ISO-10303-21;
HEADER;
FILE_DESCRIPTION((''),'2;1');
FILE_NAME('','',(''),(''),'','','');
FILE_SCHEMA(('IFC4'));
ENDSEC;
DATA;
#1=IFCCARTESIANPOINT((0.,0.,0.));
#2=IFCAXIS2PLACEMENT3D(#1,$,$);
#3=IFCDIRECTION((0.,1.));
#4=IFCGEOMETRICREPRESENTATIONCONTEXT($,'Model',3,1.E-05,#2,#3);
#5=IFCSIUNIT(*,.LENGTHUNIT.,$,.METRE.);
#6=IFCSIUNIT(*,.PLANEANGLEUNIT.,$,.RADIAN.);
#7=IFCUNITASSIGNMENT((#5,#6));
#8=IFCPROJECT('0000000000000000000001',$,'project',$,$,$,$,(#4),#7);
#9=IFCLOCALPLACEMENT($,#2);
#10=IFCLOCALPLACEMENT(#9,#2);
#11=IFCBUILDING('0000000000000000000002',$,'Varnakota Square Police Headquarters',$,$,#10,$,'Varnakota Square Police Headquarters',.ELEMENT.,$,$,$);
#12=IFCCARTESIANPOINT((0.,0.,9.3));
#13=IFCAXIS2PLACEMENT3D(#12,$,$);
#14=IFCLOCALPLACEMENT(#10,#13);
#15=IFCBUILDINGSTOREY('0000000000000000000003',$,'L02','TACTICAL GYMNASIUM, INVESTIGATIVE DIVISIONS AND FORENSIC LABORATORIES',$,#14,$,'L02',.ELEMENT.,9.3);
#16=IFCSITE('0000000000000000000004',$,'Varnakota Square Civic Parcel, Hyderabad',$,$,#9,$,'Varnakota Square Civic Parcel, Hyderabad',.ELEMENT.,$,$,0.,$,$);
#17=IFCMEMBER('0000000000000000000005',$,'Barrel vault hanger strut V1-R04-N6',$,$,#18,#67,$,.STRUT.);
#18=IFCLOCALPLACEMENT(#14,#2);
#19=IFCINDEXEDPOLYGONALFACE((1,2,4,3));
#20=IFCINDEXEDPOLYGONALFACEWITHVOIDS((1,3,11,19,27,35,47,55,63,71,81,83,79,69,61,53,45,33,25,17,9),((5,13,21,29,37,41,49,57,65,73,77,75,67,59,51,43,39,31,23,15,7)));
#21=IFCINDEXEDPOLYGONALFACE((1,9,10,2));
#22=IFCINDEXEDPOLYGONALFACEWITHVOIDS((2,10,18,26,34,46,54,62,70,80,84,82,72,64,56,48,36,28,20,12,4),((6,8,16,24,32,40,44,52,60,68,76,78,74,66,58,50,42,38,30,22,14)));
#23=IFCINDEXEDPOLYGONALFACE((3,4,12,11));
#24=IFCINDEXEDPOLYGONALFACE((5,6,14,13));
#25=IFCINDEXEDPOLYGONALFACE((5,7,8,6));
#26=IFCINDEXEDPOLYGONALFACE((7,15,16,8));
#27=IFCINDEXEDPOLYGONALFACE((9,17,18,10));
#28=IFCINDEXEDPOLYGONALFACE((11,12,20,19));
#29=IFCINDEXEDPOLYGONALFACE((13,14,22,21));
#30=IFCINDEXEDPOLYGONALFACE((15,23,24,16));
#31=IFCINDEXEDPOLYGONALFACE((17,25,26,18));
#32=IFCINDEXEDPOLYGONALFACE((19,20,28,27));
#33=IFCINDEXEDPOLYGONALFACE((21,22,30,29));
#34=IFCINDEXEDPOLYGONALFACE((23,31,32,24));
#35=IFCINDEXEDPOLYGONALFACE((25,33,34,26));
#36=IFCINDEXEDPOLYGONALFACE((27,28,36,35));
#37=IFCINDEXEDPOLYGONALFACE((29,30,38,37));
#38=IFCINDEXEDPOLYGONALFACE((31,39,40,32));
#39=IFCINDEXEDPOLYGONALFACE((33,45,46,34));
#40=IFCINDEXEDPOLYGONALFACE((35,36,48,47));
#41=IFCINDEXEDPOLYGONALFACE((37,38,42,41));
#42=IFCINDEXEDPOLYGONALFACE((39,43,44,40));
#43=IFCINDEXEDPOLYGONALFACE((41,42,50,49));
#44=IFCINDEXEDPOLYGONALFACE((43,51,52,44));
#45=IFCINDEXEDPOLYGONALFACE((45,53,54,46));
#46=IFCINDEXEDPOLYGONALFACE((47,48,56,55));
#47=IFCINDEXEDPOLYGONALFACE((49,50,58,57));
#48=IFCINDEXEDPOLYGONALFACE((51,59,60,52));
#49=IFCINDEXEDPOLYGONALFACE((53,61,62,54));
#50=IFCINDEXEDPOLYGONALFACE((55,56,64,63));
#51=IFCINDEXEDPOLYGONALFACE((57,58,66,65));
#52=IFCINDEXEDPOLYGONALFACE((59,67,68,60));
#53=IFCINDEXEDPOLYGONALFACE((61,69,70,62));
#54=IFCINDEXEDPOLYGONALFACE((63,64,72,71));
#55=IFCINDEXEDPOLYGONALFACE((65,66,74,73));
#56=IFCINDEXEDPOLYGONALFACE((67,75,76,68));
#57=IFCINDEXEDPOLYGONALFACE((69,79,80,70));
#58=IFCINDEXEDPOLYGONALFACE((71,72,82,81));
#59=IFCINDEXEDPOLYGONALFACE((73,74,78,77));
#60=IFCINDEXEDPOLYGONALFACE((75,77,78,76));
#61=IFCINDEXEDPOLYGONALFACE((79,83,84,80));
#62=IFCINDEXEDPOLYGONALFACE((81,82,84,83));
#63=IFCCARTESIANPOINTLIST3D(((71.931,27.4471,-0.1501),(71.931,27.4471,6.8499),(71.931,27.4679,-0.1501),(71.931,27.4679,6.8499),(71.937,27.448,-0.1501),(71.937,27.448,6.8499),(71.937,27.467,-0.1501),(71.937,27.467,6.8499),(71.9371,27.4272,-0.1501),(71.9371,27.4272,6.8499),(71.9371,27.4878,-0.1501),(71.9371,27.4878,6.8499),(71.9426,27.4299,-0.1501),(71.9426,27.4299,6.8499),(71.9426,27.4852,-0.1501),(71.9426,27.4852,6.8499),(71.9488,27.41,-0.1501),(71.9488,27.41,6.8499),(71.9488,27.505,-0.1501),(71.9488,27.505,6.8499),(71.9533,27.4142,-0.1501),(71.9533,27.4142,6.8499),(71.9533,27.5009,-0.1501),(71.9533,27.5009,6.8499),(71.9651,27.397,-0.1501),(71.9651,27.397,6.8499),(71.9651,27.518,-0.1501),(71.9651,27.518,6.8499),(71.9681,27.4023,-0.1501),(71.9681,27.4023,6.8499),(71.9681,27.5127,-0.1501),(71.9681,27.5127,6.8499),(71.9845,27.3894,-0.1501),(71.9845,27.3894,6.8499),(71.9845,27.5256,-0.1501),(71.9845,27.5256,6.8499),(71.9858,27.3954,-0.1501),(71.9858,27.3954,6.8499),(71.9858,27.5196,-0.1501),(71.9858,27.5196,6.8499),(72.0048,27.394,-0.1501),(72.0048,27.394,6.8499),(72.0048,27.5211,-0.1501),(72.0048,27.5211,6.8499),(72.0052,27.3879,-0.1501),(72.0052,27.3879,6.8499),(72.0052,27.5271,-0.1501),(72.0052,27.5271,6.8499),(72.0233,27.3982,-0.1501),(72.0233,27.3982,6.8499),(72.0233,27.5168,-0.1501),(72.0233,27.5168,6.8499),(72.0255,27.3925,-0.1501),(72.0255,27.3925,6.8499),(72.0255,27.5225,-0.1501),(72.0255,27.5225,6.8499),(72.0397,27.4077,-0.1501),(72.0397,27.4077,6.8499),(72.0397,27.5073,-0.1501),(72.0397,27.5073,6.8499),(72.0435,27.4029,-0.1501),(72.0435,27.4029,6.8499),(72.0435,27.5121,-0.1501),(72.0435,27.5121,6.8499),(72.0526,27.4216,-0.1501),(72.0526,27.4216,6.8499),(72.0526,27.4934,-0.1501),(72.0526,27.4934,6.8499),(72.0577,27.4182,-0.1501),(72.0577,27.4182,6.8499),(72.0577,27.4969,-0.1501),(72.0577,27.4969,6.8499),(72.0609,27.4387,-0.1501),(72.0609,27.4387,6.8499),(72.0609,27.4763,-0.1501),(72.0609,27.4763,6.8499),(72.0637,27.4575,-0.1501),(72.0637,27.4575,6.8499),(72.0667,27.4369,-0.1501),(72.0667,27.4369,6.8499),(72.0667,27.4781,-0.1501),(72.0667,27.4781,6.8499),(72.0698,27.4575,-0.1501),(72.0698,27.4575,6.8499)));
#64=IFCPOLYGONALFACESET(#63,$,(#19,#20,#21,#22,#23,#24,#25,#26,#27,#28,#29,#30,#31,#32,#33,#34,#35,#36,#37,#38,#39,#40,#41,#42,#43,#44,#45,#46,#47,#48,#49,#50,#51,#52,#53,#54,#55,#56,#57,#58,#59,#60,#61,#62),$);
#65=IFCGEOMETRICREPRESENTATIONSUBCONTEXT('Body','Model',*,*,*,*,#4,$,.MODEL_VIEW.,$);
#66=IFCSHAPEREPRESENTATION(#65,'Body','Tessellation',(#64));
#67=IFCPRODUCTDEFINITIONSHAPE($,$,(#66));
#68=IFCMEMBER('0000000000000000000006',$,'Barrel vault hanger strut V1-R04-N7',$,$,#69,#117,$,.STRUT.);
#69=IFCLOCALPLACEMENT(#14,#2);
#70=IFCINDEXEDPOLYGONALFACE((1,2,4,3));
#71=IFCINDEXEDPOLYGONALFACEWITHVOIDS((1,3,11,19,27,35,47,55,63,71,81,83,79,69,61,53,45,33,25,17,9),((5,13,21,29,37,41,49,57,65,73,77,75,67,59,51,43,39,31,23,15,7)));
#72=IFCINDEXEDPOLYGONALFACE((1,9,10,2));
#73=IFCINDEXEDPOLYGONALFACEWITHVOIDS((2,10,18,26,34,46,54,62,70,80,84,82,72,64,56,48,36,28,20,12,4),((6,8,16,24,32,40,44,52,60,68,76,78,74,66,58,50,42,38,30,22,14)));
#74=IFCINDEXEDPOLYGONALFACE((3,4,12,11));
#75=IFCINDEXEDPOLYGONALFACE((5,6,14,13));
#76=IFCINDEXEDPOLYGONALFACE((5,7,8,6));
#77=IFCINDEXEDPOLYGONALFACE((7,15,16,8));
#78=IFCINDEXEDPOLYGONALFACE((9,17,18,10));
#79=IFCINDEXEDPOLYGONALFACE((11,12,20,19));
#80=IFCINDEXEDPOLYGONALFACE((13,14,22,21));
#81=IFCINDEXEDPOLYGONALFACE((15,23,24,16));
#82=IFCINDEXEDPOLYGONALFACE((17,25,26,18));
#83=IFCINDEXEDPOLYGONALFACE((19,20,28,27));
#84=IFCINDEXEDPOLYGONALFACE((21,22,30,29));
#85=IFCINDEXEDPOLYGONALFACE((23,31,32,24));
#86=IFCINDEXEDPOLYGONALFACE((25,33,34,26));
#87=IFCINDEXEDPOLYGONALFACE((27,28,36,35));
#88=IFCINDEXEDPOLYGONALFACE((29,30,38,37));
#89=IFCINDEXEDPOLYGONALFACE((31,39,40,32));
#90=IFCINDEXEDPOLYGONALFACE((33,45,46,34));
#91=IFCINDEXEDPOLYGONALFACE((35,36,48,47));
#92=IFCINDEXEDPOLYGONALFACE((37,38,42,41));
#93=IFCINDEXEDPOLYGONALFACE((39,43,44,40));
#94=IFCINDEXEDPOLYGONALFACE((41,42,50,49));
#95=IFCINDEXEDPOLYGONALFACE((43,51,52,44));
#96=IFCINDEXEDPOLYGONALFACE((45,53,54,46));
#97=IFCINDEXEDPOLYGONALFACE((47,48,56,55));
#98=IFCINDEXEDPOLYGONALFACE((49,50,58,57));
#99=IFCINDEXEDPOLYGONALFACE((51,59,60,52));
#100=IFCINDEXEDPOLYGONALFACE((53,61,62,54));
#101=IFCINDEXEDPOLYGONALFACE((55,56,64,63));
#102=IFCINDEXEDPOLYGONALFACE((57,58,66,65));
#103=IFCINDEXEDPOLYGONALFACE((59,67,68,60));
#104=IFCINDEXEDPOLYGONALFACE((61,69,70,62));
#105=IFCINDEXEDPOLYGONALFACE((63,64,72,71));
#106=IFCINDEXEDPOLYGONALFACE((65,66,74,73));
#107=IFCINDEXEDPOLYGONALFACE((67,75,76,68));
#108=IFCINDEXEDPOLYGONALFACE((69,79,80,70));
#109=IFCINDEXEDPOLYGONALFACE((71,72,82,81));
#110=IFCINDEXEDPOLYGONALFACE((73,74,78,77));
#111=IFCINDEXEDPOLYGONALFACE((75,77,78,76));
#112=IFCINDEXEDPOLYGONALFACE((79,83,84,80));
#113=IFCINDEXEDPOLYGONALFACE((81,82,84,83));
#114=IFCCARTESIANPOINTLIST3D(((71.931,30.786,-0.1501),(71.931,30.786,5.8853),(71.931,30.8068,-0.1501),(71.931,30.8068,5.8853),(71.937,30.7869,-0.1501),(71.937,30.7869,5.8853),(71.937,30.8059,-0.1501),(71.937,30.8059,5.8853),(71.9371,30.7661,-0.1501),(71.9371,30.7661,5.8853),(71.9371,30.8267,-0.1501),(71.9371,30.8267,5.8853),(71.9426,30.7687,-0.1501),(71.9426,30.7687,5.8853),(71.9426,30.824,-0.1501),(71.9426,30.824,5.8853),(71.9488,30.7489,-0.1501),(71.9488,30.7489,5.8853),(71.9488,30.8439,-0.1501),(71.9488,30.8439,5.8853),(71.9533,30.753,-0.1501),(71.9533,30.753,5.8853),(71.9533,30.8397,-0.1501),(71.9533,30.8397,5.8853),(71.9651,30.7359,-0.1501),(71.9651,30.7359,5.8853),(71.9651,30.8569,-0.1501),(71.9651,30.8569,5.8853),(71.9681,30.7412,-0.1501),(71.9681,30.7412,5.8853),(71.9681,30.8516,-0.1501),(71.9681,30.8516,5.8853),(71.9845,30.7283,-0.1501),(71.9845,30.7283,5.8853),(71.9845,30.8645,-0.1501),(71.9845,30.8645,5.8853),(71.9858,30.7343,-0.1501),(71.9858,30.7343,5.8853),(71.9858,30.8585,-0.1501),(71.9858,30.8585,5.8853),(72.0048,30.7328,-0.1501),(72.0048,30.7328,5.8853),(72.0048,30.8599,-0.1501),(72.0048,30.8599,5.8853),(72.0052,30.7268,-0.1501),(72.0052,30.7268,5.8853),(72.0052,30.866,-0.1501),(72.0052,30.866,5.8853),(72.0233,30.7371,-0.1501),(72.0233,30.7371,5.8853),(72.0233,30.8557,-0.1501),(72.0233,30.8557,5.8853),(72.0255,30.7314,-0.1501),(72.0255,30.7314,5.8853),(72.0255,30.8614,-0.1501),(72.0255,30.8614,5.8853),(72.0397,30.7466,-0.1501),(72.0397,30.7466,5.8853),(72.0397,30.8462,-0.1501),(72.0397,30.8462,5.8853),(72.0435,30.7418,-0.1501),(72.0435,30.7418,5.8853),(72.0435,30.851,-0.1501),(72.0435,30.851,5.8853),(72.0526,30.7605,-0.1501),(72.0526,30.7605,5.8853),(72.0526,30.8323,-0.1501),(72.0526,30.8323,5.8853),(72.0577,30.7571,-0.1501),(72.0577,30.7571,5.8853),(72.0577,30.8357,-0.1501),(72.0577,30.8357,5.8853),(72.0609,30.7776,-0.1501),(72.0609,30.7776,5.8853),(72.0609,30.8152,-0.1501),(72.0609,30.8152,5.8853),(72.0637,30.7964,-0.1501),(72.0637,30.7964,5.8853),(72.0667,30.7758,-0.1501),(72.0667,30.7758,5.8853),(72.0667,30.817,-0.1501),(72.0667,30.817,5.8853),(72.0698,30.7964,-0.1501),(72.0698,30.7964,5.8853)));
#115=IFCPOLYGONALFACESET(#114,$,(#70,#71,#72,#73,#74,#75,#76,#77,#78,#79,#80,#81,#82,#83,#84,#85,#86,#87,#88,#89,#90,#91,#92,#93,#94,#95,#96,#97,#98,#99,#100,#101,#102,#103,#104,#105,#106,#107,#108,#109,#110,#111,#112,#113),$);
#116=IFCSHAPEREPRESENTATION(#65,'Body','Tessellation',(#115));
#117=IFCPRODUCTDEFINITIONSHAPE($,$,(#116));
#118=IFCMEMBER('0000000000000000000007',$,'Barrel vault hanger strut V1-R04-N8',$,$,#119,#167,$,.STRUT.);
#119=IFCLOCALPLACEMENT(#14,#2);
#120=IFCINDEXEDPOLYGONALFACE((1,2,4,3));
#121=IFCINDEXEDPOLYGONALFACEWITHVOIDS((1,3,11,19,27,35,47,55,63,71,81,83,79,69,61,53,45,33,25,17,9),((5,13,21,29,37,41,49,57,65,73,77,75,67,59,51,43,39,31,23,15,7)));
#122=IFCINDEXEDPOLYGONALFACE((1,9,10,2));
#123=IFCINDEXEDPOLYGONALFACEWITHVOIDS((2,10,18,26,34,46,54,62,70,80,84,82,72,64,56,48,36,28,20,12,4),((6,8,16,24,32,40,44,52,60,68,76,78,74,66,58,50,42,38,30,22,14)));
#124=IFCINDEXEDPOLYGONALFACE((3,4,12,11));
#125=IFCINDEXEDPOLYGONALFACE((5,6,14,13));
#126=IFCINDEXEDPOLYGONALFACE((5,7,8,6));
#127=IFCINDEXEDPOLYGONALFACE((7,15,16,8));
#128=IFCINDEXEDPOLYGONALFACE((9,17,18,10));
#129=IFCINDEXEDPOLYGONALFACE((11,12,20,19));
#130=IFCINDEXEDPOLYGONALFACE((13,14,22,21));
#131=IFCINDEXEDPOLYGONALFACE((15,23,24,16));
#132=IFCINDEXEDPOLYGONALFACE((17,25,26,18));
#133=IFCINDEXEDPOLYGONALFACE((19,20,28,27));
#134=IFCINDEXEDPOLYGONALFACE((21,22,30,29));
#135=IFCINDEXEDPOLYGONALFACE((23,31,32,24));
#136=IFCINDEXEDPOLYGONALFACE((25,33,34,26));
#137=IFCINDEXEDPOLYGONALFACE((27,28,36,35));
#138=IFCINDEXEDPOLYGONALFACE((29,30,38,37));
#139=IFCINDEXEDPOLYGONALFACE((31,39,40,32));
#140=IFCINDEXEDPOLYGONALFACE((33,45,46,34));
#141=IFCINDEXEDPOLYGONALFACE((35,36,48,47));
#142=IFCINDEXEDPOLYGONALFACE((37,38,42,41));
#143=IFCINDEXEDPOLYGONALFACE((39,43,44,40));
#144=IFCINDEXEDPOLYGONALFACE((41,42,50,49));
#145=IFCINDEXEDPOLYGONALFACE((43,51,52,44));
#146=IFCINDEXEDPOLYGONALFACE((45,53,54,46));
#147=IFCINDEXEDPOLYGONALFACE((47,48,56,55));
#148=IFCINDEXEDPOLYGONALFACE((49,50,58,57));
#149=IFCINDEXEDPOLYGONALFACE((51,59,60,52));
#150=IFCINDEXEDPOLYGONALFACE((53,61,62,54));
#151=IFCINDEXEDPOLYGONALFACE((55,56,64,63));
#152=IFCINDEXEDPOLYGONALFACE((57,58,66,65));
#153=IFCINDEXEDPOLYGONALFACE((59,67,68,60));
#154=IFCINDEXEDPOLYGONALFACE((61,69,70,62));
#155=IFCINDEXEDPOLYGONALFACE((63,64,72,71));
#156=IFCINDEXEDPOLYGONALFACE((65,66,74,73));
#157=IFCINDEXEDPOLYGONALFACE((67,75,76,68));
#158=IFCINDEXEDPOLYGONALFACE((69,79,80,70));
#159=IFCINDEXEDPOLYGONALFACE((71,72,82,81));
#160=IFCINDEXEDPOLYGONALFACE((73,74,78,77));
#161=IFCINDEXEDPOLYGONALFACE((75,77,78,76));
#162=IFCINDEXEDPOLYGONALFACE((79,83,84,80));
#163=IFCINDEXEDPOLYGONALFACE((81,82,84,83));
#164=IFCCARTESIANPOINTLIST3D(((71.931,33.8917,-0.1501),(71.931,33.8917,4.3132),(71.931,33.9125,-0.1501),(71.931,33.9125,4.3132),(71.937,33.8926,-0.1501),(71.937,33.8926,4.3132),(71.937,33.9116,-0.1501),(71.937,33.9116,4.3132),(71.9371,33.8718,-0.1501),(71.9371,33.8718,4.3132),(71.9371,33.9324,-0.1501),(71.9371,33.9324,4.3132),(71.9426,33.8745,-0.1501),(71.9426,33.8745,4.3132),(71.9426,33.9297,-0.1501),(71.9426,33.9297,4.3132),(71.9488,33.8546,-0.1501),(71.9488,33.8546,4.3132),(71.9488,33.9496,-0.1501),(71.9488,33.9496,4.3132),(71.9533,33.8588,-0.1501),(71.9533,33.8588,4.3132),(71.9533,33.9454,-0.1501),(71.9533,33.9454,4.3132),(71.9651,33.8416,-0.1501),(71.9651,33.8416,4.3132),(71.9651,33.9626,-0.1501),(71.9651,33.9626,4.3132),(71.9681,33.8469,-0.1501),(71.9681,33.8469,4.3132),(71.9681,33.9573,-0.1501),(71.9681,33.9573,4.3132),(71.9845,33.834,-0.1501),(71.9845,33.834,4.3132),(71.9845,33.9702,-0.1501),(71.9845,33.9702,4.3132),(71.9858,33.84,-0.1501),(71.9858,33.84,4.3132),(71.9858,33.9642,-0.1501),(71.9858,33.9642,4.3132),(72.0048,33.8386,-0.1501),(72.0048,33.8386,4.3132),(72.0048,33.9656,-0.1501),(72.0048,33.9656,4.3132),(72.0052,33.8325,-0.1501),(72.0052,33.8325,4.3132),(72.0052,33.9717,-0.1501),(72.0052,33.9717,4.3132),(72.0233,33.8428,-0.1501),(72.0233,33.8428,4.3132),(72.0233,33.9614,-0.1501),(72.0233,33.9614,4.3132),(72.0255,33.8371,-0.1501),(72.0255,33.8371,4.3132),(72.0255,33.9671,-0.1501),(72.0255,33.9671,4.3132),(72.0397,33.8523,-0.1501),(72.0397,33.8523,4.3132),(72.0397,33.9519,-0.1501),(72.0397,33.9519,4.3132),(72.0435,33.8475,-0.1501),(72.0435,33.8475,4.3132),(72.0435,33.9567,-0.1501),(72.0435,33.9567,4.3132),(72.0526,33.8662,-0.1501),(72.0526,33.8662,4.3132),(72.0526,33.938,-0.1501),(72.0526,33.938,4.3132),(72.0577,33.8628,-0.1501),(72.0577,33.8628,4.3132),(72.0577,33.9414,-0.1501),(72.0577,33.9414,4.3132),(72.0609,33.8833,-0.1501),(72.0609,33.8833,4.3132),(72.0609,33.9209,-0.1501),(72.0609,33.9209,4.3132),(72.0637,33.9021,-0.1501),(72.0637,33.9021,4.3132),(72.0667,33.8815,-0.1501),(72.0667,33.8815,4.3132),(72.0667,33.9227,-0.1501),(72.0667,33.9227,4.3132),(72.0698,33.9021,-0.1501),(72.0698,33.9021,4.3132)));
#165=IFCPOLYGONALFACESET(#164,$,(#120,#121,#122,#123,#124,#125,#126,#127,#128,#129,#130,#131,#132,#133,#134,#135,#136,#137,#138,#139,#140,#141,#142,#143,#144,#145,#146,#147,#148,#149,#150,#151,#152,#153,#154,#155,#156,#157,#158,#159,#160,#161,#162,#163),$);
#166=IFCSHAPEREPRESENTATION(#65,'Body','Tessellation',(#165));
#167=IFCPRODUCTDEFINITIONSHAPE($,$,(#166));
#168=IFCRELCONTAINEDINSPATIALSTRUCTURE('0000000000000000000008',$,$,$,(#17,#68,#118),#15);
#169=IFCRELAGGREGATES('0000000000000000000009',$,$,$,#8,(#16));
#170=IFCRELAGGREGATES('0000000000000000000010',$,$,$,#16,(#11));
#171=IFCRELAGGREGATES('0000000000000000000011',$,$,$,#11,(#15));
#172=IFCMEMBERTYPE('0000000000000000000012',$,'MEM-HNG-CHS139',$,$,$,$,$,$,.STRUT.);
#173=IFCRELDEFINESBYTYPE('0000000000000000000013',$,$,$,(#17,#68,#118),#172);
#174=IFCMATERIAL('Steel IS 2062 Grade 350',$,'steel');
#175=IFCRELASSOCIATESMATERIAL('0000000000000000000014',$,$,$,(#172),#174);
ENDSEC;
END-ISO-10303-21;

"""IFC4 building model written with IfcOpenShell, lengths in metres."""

from ifc_helpers import new_model, si_unit, direction, frame, origin, origin_2d, place, context, subcontext, project, spatial, hollow_circle, extrude, material, material_profile, profile_set, type_object, element, save


model = new_model("IFC4")

# Units and contexts
model_context = context("Model", 3, precision=1e-05, world=origin(), true_north=direction((0.0, 1.0)))
body_context = subcontext(model_context, "Body", "Model", "MODEL_VIEW")
ifc_project = project(units=[si_unit("LENGTHUNIT", "METRE"), si_unit("PLANEANGLEUNIT", "RADIAN")], contexts=[model_context])

# Site, building, storey
site_placement = place(None, origin())
site = spatial("IfcSite", under=ifc_project, at=site_placement, Name="Varnakota Square Civic Parcel, Hyderabad", LongName="Varnakota Square Civic Parcel, Hyderabad", CompositionType="ELEMENT", RefElevation=0.0)
building_placement = place(site_placement, origin())
building = spatial("IfcBuilding", under=site, at=building_placement, Name="Varnakota Square Police Headquarters", LongName="Varnakota Square Police Headquarters", CompositionType="ELEMENT")
storey_placement = place(building_placement, frame((0.0, 0.0, 9.3)))
storey = spatial("IfcBuildingStorey", under=building, at=storey_placement, Name="L02", Description="TACTICAL GYMNASIUM, INVESTIGATIVE DIVISIONS AND FORENSIC LABORATORIES", LongName="L02", CompositionType="ELEMENT", Elevation=9.3)

# Shared definitions
ifc_material_1 = material(Name="Steel IS 2062 Grade 350", Category="steel")

# Members
ifc_material_profile_1 = material_profile(ifc_material_1, hollow_circle(Radius=0.0698, WallThickness=0.0061, at=origin_2d()), Name="CHS 139.7x6.0")
ifc_profile_set_1 = profile_set([ifc_material_profile_1], Name="Steel IS 2062 Grade 350")
member_type_1 = type_object("IfcMemberType", Name="MEM-HNG-CHS139", PredefinedType="STRUT", material=ifc_profile_set_1)
member_1_placement = place(storey_placement, frame((72.0, 27.4575, -0.1501), z_axis=(0.0, 0.0, 1.0), x_axis=(1.0, 0.0, 0.0)))
element("IfcMember", 1, at=member_1_placement, inside=storey, type_object=member_type_1, Name="Barrel vault hanger strut V1-R04-N6", PredefinedType="STRUT", context=body_context, shape_type="SweptSolid", body=[
    extrude(hollow_circle(Radius=0.0698, WallThickness=0.0061, at=origin_2d()), origin(), (0.0, 0.0, 1.0), 7.0),
])
member_2_placement = place(storey_placement, frame((72.0, 30.7964, -0.1501), z_axis=(0.0, 0.0, 1.0), x_axis=(1.0, 0.0, 0.0)))
element("IfcMember", 2, at=member_2_placement, inside=storey, type_object=member_type_1, Name="Barrel vault hanger strut V1-R04-N7", PredefinedType="STRUT", context=body_context, shape_type="SweptSolid", body=[
    extrude(hollow_circle(Radius=0.0698, WallThickness=0.0061, at=origin_2d()), origin(), (0.0, 0.0, 1.0), 6.0354),
])
member_3_placement = place(storey_placement, frame((72.0, 33.9021, -0.1501), z_axis=(0.0, 0.0, 1.0), x_axis=(1.0, 0.0, 0.0)))
element("IfcMember", 3, at=member_3_placement, inside=storey, type_object=member_type_1, Name="Barrel vault hanger strut V1-R04-N8", PredefinedType="STRUT", context=body_context, shape_type="SweptSolid", body=[
    extrude(hollow_circle(Radius=0.0698, WallThickness=0.0061, at=origin_2d()), origin(), (0.0, 0.0, 1.0), 4.4634),
])

save(model, "model.ifc")
